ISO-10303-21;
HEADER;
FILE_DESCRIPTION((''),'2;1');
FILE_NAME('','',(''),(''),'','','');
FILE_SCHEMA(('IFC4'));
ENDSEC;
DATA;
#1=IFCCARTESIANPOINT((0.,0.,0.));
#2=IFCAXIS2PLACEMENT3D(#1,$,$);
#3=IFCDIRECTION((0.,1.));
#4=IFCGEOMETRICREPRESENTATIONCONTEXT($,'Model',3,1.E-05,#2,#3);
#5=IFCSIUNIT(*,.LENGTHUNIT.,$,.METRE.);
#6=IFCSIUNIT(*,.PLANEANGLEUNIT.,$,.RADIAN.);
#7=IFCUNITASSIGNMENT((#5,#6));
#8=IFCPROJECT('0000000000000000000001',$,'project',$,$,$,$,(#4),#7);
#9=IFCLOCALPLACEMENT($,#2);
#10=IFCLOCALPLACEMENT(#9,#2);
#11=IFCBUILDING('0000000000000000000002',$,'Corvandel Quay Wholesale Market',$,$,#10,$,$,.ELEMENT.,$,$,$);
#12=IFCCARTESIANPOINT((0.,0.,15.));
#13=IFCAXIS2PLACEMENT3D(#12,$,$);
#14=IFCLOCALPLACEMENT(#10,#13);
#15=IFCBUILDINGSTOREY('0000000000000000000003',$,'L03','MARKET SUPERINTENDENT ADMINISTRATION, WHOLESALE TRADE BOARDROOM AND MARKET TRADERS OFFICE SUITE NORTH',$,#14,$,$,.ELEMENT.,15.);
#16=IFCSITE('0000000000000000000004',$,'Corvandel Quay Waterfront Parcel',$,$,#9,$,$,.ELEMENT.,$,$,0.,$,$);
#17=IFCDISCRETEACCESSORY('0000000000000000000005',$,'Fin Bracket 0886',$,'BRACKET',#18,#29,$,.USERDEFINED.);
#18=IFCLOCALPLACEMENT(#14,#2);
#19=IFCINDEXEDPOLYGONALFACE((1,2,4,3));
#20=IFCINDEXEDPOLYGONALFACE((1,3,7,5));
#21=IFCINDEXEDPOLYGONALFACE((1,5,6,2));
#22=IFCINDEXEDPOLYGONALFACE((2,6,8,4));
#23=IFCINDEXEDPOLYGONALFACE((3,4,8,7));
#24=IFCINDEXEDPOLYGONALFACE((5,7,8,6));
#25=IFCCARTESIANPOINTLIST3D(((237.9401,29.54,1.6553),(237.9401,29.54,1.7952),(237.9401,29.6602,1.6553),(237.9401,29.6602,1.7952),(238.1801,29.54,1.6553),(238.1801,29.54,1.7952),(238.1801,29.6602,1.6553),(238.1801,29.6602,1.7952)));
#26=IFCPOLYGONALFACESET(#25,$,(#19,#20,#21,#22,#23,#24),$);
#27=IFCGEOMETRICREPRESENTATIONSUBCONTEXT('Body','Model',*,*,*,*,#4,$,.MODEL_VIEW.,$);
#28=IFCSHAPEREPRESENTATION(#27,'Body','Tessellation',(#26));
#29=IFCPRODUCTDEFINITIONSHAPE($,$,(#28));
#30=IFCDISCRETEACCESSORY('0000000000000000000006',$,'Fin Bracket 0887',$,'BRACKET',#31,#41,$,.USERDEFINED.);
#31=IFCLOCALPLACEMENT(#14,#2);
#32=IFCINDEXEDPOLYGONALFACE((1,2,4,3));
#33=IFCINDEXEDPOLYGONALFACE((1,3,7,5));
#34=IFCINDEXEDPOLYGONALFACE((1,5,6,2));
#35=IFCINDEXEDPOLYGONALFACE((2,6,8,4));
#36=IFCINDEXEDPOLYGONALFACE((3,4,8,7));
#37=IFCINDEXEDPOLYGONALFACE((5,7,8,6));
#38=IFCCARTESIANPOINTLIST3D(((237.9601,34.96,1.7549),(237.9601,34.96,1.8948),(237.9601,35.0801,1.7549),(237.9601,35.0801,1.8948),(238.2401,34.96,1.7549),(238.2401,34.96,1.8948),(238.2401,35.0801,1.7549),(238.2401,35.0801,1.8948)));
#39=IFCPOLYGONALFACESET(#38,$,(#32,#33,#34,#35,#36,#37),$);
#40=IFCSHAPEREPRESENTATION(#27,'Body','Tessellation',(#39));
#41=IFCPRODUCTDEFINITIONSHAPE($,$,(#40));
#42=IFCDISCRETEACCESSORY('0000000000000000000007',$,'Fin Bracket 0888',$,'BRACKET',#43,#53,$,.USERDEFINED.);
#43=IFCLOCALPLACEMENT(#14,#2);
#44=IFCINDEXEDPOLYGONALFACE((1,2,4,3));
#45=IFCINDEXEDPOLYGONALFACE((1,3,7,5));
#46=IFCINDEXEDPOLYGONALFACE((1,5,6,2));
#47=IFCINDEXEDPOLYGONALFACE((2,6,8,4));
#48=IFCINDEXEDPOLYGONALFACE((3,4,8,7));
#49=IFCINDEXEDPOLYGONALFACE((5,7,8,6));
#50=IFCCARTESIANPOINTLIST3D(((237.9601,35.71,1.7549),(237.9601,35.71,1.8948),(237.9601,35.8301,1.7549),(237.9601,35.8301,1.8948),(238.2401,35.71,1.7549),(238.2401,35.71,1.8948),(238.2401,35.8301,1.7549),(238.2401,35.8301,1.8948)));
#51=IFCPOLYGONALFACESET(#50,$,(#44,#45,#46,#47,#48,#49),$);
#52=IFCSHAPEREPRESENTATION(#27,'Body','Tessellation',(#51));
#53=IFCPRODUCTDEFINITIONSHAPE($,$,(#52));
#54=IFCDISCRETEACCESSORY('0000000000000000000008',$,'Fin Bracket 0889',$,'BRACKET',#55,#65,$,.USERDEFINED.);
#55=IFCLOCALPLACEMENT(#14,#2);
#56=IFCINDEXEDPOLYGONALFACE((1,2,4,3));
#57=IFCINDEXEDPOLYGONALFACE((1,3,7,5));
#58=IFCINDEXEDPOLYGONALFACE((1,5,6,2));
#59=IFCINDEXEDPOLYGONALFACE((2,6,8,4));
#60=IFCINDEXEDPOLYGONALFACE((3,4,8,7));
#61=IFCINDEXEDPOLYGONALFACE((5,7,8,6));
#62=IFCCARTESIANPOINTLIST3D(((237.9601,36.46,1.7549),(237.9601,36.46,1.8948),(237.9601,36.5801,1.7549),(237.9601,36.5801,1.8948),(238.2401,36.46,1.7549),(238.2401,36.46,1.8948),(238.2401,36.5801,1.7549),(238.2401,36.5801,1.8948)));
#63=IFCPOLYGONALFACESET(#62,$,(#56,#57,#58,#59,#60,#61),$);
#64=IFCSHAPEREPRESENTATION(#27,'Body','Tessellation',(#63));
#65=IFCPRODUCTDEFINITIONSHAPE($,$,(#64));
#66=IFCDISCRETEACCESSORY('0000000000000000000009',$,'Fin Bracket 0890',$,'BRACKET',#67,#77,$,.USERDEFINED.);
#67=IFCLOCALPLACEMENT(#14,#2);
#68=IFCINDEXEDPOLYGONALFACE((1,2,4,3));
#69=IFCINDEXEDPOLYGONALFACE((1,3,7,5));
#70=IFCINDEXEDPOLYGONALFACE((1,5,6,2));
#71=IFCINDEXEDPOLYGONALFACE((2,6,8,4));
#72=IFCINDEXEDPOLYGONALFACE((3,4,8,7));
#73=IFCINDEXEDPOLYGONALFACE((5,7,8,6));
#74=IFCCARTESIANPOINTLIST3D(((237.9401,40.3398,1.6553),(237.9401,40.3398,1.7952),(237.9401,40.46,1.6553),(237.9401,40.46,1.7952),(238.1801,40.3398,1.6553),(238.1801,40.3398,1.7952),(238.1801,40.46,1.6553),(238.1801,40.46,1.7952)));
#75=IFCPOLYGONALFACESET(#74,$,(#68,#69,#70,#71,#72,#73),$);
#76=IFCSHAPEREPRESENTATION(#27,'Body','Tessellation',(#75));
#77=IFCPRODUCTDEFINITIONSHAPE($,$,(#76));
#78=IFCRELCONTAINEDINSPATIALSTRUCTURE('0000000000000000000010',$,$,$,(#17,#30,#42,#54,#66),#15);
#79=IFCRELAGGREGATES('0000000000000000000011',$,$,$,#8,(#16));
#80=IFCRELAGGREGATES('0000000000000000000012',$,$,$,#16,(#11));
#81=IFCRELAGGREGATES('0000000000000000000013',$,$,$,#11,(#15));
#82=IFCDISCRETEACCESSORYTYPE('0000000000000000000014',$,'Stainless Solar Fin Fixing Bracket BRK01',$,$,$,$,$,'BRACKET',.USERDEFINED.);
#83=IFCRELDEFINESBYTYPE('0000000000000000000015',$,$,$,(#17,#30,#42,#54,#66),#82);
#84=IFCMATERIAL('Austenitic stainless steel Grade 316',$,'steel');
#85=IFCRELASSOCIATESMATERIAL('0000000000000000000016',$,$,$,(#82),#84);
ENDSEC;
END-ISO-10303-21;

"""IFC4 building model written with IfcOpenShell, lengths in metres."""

from ifc_helpers import new_model, si_unit, direction, frame, origin, origin_2d, place, context, subcontext, project, spatial, rectangle, extrude, material, type_object, element, save


model = new_model("IFC4")

# Units and contexts
model_context = context("Model", 3, precision=1e-05, world=origin(), true_north=direction((0.0, 1.0)))
body_context = subcontext(model_context, "Body", "Model", "MODEL_VIEW")
ifc_project = project(units=[si_unit("LENGTHUNIT", "METRE"), si_unit("PLANEANGLEUNIT", "RADIAN")], contexts=[model_context])

# Site, building, storey
site_placement = place(None, origin())
site = spatial("IfcSite", under=ifc_project, at=site_placement, Name="Corvandel Quay Waterfront Parcel", CompositionType="ELEMENT", RefElevation=0.0)
building_placement = place(site_placement, origin())
building = spatial("IfcBuilding", under=site, at=building_placement, Name="Corvandel Quay Wholesale Market", CompositionType="ELEMENT")
storey_placement = place(building_placement, frame((0.0, 0.0, 15.0)))
storey = spatial("IfcBuildingStorey", under=building, at=storey_placement, Name="L03", Description="MARKET SUPERINTENDENT ADMINISTRATION, WHOLESALE TRADE BOARDROOM AND MARKET TRADERS OFFICE SUITE NORTH", CompositionType="ELEMENT", Elevation=15.0)

# Discrete accessories
ifc_material_1 = material(Name="Austenitic stainless steel Grade 316", Category="steel")
discrete_accessory_type = type_object("IfcDiscreteAccessoryType", Name="Stainless Solar Fin Fixing Bracket BRK01", ElementType="BRACKET", PredefinedType="USERDEFINED", material=ifc_material_1)
discrete_accessory_1_placement = place(storey_placement, frame((238.0601, 29.6001, 1.6553), z_axis=(0.0, 0.0, 1.0), x_axis=(1.0, 0.0, 0.0)))
element("IfcDiscreteAccessory", 1, at=discrete_accessory_1_placement, inside=storey, type_object=discrete_accessory_type, Name="Fin Bracket 0886", ObjectType="BRACKET", PredefinedType="USERDEFINED", context=body_context, shape_type="SweptSolid", body=[
    extrude(rectangle(XDim=0.24, YDim=0.1201, at=origin_2d()), origin(), (0.0, 0.0, 1.0), 0.1399),
])
for number, where, z_axis, x_axis, name in (
    (2, (238.1001, 35.02, 1.7549), (0.0, 0.0, 1.0), (1.0, 0.0, 0.0), "Fin Bracket 0887"),
    (3, (238.1001, 35.77, 1.7549), (0.0, 0.0, 1.0), (1.0, 0.0, 0.0), "Fin Bracket 0888"),
    (4, (238.1001, 36.52, 1.7549), (0.0, 0.0, 1.0), (1.0, 0.0, 0.0), "Fin Bracket 0889"),
):
    element("IfcDiscreteAccessory", number, at=place(storey_placement, frame(where, z_axis=z_axis, x_axis=x_axis)), inside=storey, type_object=discrete_accessory_type, Name=name, ObjectType="BRACKET", PredefinedType="USERDEFINED", context=body_context, shape_type="SweptSolid", body=[
        extrude(rectangle(XDim=0.28, YDim=0.1201, at=origin_2d()), origin(), (0.0, 0.0, 1.0), 0.1399),
    ])
discrete_accessory_2_placement = place(storey_placement, frame((238.0601, 40.3999, 1.6553), z_axis=(0.0, 0.0, 1.0), x_axis=(1.0, 0.0, 0.0)))
element("IfcDiscreteAccessory", 5, at=discrete_accessory_2_placement, inside=storey, type_object=discrete_accessory_type, Name="Fin Bracket 0890", ObjectType="BRACKET", PredefinedType="USERDEFINED", context=body_context, shape_type="SweptSolid", body=[
    extrude(rectangle(XDim=0.24, YDim=0.1201, at=origin_2d()), origin(), (0.0, 0.0, 1.0), 0.1399),
])

save(model, "model.ifc")
